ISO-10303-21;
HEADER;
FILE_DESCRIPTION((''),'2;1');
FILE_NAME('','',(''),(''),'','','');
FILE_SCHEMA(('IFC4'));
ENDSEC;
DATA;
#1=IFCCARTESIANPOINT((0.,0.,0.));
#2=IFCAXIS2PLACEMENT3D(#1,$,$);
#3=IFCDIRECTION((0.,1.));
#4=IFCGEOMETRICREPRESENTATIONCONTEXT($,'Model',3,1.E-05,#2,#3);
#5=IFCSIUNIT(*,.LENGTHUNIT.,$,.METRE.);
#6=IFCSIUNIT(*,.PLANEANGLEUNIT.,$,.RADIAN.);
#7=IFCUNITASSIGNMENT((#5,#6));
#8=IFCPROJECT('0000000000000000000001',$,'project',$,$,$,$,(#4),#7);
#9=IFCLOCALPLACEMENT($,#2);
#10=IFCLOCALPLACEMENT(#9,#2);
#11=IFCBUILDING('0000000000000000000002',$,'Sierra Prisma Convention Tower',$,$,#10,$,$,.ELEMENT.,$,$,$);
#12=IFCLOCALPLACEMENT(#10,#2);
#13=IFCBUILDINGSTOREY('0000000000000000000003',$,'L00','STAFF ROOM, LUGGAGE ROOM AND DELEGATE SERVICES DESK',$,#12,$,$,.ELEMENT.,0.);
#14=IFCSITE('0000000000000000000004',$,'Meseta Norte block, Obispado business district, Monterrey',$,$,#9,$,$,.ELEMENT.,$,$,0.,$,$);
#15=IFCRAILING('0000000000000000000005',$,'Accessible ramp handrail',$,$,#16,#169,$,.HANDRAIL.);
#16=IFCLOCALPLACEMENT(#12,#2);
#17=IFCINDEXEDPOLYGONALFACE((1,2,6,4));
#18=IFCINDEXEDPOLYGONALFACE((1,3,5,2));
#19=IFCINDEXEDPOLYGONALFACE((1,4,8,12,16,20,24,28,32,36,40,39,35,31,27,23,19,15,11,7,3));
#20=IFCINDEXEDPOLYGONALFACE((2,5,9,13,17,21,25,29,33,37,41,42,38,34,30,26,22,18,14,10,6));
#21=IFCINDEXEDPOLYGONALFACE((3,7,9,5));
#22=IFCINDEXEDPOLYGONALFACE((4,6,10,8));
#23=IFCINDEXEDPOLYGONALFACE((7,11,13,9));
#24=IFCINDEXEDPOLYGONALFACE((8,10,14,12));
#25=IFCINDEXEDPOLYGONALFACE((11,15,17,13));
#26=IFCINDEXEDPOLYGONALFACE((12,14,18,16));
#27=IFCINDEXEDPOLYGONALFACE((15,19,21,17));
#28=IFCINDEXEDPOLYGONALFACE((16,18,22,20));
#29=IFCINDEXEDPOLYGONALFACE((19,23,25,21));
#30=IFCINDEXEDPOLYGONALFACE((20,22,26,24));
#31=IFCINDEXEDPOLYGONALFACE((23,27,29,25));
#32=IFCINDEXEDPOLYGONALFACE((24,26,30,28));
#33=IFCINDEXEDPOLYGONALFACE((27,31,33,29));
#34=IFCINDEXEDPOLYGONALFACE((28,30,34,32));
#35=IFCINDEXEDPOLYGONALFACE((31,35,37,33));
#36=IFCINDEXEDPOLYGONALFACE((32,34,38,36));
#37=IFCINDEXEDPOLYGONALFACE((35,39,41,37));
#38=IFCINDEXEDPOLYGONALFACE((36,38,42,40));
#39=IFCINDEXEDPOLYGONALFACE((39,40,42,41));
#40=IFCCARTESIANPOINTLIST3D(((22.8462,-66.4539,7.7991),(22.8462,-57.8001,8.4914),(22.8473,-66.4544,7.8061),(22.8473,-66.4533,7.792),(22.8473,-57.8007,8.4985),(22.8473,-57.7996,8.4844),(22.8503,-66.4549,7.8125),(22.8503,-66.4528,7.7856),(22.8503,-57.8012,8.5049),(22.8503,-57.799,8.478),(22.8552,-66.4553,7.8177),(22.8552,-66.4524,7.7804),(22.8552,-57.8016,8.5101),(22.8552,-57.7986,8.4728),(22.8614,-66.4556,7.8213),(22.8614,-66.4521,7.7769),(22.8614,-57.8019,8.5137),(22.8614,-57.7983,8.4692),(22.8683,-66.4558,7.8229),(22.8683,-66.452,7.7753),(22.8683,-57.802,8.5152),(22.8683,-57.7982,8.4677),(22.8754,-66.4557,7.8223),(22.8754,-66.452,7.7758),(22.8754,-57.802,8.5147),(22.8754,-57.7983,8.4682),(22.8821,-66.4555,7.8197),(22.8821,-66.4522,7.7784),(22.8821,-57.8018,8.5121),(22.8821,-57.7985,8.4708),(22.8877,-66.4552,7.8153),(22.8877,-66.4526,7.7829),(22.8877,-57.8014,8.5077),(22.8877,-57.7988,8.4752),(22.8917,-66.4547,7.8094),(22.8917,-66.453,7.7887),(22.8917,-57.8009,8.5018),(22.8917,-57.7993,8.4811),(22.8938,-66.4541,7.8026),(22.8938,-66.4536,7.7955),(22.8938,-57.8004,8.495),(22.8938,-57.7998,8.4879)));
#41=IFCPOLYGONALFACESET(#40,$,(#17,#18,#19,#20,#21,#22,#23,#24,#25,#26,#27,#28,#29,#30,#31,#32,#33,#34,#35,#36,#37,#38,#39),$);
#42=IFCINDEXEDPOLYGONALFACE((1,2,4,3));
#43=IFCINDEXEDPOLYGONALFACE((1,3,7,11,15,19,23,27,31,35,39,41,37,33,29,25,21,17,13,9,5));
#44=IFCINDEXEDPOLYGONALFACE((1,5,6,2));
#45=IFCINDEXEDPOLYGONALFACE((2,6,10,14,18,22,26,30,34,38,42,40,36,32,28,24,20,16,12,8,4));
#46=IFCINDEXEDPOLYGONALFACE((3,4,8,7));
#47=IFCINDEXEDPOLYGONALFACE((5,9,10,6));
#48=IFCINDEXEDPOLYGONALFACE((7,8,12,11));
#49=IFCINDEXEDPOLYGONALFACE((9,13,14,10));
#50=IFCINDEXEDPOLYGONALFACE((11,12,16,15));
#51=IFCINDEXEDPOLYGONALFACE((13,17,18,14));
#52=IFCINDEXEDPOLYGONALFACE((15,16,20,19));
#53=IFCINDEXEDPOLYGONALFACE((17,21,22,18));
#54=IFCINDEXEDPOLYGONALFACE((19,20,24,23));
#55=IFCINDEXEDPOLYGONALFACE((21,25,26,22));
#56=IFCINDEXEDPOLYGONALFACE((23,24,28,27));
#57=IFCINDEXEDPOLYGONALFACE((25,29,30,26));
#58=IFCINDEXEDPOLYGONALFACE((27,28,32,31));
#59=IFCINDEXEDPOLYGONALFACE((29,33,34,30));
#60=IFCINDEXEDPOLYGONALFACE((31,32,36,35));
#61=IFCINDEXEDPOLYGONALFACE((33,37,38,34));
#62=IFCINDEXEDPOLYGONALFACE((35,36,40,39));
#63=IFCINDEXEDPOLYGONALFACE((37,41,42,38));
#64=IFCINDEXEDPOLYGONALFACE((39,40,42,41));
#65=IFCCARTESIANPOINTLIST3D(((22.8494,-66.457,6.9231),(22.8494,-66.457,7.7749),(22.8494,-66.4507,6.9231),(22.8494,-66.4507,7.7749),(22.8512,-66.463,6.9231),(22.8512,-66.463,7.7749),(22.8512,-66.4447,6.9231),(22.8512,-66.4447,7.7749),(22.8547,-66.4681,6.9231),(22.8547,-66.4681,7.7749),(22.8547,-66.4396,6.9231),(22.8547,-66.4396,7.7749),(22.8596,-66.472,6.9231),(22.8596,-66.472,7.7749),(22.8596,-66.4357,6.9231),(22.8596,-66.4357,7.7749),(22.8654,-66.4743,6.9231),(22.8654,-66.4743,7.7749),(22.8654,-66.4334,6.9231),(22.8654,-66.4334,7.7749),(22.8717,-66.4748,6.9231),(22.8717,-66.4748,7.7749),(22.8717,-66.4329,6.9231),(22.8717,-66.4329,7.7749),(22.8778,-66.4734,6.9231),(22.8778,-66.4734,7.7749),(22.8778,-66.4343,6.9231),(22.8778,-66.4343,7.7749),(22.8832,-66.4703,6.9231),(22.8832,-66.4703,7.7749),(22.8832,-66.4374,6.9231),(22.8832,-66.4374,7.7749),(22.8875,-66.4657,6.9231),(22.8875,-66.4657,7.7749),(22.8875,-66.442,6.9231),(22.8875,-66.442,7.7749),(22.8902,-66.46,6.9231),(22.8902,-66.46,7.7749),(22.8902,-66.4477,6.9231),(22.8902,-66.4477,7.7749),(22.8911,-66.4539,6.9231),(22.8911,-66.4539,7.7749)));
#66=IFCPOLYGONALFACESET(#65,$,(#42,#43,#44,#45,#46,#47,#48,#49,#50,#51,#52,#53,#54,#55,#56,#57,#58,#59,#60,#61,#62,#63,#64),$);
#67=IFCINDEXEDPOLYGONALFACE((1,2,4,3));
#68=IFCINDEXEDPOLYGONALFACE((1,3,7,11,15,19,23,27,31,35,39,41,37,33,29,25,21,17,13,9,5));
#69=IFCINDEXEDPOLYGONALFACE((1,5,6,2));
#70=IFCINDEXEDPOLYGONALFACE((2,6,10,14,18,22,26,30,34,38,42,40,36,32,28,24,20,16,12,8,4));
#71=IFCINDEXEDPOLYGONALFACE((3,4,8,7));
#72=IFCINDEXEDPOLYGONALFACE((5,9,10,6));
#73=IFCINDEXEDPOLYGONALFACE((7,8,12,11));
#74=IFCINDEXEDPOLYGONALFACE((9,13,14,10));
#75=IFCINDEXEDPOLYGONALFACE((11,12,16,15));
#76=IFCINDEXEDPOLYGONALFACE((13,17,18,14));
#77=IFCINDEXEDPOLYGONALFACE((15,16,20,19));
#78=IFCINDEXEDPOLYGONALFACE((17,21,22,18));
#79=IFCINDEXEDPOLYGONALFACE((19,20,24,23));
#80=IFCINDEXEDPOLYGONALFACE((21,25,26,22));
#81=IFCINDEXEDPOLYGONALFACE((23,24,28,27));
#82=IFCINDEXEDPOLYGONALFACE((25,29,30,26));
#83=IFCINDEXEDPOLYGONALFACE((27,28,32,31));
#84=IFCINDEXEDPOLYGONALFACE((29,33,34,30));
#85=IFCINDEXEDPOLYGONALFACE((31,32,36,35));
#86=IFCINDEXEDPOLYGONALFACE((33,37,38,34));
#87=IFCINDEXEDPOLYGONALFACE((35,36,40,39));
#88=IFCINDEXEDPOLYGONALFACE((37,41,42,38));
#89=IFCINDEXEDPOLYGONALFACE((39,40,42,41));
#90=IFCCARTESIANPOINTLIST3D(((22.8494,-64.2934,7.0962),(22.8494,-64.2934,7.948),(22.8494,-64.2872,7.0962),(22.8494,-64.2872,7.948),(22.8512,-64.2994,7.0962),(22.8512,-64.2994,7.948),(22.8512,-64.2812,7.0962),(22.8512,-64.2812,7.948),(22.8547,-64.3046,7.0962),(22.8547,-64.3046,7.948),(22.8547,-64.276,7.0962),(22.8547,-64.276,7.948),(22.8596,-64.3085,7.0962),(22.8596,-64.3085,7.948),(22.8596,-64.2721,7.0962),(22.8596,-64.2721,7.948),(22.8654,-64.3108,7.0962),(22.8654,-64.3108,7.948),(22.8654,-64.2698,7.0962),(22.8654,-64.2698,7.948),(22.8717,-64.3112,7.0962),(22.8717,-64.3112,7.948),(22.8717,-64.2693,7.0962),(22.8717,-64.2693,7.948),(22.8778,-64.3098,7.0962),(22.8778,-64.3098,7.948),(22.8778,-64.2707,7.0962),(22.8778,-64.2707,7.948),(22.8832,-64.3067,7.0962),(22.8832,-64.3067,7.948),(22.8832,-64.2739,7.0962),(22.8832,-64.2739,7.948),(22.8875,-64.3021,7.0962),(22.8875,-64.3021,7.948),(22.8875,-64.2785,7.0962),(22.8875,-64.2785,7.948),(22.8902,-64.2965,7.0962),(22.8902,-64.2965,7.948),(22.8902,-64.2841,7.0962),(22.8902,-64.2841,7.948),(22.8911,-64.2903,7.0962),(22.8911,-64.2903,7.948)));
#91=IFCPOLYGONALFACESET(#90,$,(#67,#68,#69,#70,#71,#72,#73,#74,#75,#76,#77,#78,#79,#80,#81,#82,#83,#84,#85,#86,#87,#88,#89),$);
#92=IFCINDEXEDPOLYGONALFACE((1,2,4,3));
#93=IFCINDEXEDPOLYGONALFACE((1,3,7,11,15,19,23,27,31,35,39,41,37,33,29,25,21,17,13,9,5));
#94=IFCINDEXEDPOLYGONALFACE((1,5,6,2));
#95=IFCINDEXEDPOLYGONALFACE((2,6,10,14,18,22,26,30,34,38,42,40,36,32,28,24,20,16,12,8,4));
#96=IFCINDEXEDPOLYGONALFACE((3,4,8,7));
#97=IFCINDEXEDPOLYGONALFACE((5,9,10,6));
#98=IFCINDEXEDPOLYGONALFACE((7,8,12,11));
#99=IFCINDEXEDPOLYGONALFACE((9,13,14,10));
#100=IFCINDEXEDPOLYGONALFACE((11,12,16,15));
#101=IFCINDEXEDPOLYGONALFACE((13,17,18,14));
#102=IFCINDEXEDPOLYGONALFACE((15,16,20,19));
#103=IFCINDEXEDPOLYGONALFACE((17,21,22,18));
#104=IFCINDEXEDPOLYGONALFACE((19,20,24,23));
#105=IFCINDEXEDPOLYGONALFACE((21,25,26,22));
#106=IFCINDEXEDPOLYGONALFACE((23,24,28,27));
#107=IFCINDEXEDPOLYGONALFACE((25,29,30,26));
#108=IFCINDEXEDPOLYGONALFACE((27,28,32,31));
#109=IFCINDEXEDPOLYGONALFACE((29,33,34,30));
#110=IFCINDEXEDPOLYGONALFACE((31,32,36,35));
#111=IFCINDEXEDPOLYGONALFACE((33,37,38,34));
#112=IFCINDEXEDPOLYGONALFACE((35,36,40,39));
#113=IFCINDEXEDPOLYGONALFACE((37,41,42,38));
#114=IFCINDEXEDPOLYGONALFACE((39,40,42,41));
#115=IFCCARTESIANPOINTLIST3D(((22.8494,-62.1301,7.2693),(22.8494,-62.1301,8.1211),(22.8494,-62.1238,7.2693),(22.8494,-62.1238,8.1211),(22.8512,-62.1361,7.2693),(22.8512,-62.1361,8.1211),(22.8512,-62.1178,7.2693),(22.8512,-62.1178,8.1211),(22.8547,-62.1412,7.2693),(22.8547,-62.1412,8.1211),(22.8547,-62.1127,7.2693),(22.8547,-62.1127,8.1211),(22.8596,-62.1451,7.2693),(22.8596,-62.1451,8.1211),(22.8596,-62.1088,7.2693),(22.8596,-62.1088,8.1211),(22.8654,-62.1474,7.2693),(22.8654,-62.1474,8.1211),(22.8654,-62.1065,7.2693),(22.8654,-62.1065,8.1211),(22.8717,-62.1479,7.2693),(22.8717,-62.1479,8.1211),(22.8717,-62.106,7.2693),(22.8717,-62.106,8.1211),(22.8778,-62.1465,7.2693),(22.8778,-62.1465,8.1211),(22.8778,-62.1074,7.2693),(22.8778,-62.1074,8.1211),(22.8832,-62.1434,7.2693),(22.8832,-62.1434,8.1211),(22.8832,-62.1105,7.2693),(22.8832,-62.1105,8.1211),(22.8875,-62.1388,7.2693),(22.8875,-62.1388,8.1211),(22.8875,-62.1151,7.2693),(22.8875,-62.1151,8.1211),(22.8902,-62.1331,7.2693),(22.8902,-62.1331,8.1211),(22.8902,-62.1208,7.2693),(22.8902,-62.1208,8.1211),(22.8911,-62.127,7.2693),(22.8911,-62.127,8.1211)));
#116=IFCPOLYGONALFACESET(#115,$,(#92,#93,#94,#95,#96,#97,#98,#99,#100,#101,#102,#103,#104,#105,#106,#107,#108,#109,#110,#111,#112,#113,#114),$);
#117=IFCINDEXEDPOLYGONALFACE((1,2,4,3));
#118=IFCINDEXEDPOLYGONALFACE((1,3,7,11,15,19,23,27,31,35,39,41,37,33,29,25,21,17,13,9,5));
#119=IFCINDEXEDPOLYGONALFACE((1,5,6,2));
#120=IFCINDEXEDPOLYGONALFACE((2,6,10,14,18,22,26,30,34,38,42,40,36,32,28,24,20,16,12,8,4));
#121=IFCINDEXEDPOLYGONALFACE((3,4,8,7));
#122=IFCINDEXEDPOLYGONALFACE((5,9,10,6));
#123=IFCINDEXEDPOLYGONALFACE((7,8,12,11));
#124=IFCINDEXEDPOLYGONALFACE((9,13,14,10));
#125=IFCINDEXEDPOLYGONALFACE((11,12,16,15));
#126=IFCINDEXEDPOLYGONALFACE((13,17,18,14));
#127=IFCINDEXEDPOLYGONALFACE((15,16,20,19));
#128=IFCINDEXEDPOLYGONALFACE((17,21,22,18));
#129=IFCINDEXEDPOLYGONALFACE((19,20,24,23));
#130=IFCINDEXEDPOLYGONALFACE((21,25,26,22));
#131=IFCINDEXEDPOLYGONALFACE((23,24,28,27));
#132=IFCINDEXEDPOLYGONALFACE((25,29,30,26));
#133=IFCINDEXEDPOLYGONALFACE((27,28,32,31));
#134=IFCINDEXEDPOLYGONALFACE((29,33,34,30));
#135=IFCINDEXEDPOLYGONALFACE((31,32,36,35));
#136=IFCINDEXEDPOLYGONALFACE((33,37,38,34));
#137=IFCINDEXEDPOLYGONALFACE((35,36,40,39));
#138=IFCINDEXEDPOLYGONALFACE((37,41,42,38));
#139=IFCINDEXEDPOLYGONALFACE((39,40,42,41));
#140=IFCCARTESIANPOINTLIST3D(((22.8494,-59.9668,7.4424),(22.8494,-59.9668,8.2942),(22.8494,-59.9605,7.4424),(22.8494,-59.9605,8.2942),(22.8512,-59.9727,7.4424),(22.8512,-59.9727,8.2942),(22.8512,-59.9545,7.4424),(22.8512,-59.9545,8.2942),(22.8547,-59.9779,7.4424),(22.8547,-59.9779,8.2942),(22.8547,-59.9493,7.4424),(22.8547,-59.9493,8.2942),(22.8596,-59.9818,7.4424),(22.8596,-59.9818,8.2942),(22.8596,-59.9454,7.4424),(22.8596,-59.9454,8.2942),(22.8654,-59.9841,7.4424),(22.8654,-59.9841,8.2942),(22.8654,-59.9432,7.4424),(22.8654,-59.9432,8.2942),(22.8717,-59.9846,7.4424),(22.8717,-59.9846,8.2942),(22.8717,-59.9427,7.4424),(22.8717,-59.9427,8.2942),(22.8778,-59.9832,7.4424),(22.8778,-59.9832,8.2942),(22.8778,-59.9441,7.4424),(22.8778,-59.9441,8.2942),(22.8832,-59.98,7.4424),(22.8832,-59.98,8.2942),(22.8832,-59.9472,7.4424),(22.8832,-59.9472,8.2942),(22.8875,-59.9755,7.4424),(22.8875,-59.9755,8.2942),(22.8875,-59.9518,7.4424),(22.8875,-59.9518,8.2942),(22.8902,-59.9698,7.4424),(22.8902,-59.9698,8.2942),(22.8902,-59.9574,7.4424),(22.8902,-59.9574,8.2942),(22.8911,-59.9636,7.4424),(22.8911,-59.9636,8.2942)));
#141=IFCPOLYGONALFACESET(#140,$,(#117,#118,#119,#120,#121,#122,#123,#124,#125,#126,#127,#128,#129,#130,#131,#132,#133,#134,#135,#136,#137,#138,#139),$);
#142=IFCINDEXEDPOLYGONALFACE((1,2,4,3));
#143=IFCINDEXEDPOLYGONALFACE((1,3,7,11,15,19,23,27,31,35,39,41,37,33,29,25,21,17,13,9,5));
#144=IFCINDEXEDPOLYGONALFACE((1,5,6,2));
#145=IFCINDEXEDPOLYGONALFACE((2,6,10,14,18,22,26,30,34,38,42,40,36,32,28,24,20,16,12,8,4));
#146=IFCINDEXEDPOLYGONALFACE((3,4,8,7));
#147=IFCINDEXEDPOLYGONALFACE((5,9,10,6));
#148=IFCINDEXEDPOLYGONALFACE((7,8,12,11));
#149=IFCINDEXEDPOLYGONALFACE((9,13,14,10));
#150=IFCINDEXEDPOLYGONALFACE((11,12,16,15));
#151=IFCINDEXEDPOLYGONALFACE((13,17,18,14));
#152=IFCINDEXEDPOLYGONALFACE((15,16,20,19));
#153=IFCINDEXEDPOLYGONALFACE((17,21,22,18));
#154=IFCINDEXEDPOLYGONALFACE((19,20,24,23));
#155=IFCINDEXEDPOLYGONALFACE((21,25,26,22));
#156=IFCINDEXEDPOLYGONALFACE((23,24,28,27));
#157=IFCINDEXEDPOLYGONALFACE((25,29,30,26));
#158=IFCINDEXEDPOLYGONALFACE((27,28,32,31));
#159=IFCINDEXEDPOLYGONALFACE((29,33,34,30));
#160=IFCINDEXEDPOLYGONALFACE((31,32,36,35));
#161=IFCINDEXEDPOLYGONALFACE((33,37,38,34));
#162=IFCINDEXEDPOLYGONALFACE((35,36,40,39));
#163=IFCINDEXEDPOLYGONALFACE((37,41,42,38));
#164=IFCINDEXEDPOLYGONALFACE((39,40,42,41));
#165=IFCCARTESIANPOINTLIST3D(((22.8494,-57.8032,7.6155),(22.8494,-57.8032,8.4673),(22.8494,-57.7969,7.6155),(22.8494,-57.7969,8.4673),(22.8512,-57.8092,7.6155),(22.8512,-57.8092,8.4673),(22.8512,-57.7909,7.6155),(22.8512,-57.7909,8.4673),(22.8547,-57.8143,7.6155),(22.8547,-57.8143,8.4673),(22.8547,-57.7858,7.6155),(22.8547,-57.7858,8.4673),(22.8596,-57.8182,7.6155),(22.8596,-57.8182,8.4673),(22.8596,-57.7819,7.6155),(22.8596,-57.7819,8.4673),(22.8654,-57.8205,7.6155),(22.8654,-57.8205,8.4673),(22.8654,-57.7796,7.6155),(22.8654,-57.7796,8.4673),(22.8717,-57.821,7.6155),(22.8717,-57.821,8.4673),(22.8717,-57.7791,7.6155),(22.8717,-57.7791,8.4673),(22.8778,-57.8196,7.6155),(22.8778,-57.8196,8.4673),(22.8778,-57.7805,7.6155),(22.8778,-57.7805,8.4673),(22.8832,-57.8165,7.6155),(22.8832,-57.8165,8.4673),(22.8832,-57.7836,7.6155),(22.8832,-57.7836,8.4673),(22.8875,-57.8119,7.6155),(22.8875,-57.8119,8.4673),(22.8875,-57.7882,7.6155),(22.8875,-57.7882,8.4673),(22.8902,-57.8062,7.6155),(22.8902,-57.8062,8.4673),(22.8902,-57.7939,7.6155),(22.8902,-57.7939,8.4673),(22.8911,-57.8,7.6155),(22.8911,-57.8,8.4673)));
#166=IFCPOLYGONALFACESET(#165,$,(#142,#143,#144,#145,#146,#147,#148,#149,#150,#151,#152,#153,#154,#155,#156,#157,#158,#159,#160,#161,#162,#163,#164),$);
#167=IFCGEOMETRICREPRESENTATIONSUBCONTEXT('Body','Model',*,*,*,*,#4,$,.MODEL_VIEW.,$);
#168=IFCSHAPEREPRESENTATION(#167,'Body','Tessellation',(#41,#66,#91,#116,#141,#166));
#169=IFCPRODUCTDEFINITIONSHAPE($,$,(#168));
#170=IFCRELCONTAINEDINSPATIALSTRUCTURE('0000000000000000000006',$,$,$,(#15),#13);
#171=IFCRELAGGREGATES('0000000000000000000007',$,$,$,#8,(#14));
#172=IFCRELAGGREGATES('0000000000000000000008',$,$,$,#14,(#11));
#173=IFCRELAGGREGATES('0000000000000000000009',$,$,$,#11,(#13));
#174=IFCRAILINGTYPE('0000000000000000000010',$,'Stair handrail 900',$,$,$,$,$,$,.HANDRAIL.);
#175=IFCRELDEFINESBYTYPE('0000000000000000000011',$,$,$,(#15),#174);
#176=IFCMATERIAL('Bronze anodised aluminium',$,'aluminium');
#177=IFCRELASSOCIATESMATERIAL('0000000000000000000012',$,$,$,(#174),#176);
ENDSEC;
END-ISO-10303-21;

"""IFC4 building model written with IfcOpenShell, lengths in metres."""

from ifc_helpers import new_model, si_unit, direction, frame, origin, origin_2d, place, context, subcontext, project, spatial, circle, extrude, material, type_object, element, save


model = new_model("IFC4")

# Units and contexts
model_context = context("Model", 3, precision=1e-05, world=origin(), true_north=direction((0.0, 1.0)))
body_context = subcontext(model_context, "Body", "Model", "MODEL_VIEW")
ifc_project = project(units=[si_unit("LENGTHUNIT", "METRE"), si_unit("PLANEANGLEUNIT", "RADIAN")], contexts=[model_context])

# Site, building, storey
site_placement = place(None, origin())
site = spatial("IfcSite", under=ifc_project, at=site_placement, Name="Meseta Norte block, Obispado business district, Monterrey", CompositionType="ELEMENT", RefElevation=0.0)
building_placement = place(site_placement, origin())
building = spatial("IfcBuilding", under=site, at=building_placement, Name="Sierra Prisma Convention Tower", CompositionType="ELEMENT")
storey_placement = place(building_placement, origin())
storey = spatial("IfcBuildingStorey", under=building, at=storey_placement, Name="L00", Description="STAFF ROOM, LUGGAGE ROOM AND DELEGATE SERVICES DESK", CompositionType="ELEMENT", Elevation=0.0)

# Railing
ifc_material_1 = material(Name="Bronze anodised aluminium", Category="aluminium")
railing_type_1 = type_object("IfcRailingType", Name="Stair handrail 900", PredefinedType="HANDRAIL", material=ifc_material_1)
for number, where, name in (
    (1, (22.8701, -66.4539, 6.9231), "Accessible ramp handrail"),
):
    element("IfcRailing", number, at=place(storey_placement, frame(where)), inside=storey, type_object=railing_type_1, Name=name, PredefinedType="HANDRAIL", context=body_context, shape_type="SweptSolid", body=[
        extrude(circle(Radius=0.0239, at=origin_2d()), frame((0.0, 0.0, 0.876), z_axis=(0.0, 0.996815, 0.079754), x_axis=(-1.0, 0.0, 0.0)), (0.0, 0.0, 1.0), 8.6814),
        extrude(circle(Radius=0.021, at=origin_2d()), origin(), (0.0, 0.0, 1.0), 0.8518),
        extrude(circle(Radius=0.021, at=origin_2d()), frame((0.0, 2.1636, 0.1731)), (0.0, 0.0, 1.0), 0.8518),
        extrude(circle(Radius=0.021, at=origin_2d()), frame((0.0, 4.3269, 0.3462)), (0.0, 0.0, 1.0), 0.8518),
        extrude(circle(Radius=0.021, at=origin_2d()), frame((0.0, 6.4902, 0.5193)), (0.0, 0.0, 1.0), 0.8518),
        extrude(circle(Radius=0.021, at=origin_2d()), frame((0.0, 8.6538, 0.6924)), (0.0, 0.0, 1.0), 0.8518),
    ])

save(model, "model.ifc")
